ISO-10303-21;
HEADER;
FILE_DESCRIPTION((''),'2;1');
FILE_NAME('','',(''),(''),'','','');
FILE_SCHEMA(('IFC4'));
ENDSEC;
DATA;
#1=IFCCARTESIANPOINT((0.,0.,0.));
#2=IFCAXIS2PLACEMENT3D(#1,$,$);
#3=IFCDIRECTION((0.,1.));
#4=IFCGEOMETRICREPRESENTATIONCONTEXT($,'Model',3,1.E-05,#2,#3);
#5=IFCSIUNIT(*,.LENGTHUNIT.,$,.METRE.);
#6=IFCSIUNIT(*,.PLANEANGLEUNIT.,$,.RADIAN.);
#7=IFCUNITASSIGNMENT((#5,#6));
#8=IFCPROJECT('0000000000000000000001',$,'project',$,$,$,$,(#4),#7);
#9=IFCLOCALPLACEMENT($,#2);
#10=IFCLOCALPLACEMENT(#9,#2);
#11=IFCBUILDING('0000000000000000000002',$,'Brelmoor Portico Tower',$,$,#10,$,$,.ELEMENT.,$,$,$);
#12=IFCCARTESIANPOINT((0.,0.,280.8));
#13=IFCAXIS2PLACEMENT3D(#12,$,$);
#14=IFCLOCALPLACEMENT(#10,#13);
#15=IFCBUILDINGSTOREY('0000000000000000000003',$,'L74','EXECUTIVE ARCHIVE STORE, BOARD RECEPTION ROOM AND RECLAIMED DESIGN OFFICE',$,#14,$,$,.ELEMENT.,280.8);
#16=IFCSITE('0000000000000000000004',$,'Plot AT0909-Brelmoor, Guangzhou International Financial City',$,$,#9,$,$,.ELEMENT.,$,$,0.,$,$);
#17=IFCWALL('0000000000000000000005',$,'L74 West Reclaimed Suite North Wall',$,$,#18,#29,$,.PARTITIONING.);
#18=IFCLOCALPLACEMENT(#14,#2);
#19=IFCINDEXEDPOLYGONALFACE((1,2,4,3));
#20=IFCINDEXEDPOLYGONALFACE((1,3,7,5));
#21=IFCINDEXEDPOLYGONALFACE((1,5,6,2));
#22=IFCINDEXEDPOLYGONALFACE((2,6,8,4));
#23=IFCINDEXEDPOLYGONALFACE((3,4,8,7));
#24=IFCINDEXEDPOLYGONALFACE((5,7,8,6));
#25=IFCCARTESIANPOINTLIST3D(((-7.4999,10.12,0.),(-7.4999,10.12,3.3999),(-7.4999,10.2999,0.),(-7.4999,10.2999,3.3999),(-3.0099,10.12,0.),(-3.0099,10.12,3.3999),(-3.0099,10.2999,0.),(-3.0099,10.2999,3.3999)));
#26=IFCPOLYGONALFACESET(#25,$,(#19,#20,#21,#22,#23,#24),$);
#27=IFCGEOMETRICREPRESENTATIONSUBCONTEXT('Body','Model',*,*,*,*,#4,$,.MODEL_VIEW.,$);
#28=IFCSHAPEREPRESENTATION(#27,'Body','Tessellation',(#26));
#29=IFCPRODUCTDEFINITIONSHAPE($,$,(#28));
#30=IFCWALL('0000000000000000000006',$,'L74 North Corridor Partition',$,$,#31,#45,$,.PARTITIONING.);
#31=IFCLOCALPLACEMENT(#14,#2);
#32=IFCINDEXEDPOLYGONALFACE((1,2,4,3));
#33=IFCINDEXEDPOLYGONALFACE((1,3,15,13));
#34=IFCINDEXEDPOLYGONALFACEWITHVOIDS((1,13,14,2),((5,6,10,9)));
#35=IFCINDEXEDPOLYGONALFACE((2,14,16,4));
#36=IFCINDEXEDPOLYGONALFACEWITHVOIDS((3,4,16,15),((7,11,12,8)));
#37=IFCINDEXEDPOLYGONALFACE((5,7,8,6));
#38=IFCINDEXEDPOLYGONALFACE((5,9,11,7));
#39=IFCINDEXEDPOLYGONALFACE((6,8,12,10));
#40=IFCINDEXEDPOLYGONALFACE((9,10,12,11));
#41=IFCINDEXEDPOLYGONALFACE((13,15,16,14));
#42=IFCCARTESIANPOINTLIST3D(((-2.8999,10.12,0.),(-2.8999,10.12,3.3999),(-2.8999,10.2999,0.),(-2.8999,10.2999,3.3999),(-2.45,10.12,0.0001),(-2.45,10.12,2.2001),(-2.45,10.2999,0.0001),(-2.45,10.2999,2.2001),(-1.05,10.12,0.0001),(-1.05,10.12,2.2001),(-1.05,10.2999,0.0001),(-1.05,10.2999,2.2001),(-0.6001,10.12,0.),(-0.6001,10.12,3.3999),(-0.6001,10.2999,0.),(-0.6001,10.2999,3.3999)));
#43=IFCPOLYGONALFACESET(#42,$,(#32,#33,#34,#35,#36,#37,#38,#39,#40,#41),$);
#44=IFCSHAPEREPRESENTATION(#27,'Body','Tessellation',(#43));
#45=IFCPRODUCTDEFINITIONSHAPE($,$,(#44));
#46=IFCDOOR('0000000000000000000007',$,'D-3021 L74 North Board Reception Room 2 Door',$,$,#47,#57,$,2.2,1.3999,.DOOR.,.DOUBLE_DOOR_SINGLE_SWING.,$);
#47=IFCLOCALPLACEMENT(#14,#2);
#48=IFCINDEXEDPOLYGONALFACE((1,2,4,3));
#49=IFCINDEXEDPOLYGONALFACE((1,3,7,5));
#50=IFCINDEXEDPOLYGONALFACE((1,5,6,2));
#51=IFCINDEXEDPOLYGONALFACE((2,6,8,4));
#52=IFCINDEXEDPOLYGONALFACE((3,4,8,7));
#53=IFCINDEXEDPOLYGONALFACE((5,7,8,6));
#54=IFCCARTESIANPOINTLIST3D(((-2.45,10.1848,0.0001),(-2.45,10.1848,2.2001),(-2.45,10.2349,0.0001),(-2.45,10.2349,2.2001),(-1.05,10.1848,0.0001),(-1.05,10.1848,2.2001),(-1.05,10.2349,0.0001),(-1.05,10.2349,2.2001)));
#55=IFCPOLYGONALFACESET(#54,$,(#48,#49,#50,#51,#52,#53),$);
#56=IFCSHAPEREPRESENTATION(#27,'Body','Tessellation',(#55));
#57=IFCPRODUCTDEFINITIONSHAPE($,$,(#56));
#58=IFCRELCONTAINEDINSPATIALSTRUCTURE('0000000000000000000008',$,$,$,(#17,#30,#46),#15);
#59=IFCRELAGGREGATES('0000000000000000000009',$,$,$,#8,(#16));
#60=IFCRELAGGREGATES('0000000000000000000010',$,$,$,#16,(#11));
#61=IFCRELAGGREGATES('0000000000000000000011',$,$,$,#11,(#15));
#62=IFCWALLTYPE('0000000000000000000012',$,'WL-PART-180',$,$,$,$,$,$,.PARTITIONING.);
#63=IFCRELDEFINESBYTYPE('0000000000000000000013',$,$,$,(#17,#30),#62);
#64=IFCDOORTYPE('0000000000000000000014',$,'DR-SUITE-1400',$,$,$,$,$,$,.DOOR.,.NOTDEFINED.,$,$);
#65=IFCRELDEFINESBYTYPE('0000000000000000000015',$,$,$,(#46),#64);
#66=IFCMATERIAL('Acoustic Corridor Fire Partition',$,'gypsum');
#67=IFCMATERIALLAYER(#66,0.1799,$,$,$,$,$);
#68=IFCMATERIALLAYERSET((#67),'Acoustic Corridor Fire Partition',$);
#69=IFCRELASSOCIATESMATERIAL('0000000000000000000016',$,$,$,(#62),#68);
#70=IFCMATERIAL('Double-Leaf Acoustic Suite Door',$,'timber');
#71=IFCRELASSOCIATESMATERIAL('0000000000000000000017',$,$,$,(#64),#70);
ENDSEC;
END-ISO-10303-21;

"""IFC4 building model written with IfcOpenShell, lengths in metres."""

from ifc_helpers import new_model, si_unit, direction, frame, frame_2d, origin, place, context, subcontext, project, spatial, rectangle, extrude, material, layer, layer_set, type_object, element, fill, save


model = new_model("IFC4")

# Units and contexts
model_context = context("Model", 3, precision=1e-05, world=origin(), true_north=direction((0.0, 1.0)))
body_context = subcontext(model_context, "Body", "Model", "MODEL_VIEW")
ifc_project = project(units=[si_unit("LENGTHUNIT", "METRE"), si_unit("PLANEANGLEUNIT", "RADIAN")], contexts=[model_context])

# Site, building, storey
site_placement = place(None, origin())
site = spatial("IfcSite", under=ifc_project, at=site_placement, Name="Plot AT0909-Brelmoor, Guangzhou International Financial City", CompositionType="ELEMENT", RefElevation=0.0)
building_placement = place(site_placement, origin())
building = spatial("IfcBuilding", under=site, at=building_placement, Name="Brelmoor Portico Tower", CompositionType="ELEMENT")
storey_placement = place(building_placement, frame((0.0, 0.0, 280.8)))
storey = spatial("IfcBuildingStorey", under=building, at=storey_placement, Name="L74", Description="EXECUTIVE ARCHIVE STORE, BOARD RECEPTION ROOM AND RECLAIMED DESIGN OFFICE", CompositionType="ELEMENT", Elevation=280.8)

# Wall
ifc_material_1 = material(Name="Acoustic Corridor Fire Partition", Category="gypsum")
ifc_layer_1 = layer(ifc_material_1, 0.1799)
ifc_layer_set_1 = layer_set([ifc_layer_1], Name="Acoustic Corridor Fire Partition")
wall_type_1 = type_object("IfcWallType", Name="WL-PART-180", PredefinedType="PARTITIONING", material=ifc_layer_set_1)
wall_1_placement = place(storey_placement, frame((-7.5, 10.21, 0.0), z_axis=(0.0, 0.0, 1.0), x_axis=(1.0, 0.0, 0.0)))
element("IfcWall", 1, at=wall_1_placement, inside=storey, type_object=wall_type_1, Name="L74 West Reclaimed Suite North Wall", PredefinedType="PARTITIONING", context=body_context, shape_type="SweptSolid", body=[
    extrude(rectangle(XDim=4.49, YDim=0.1799, at=frame_2d((2.2451, 0.0))), origin(), (0.0, 0.0, 1.0), 3.3999),
])

# Wall, opening, door
wall_2_placement = place(storey_placement, frame((-2.8999, 10.21, 0.0), z_axis=(0.0, 0.0, 1.0), x_axis=(1.0, 0.0, 0.0)))
wall_2 = element("IfcWall", 2, at=wall_2_placement, inside=storey, type_object=wall_type_1, Name="L74 North Corridor Partition", PredefinedType="PARTITIONING", context=body_context, shape_type="SweptSolid", body=[
    extrude(rectangle(XDim=2.2998, YDim=0.1799, at=frame_2d((1.1499, 0.0))), origin(), (0.0, 0.0, 1.0), 3.3999),
])
opening_1_placement = place(wall_2_placement, frame((0.45, 0.0, 0.0)))
opening_1 = element("IfcOpeningElement", 3, at=opening_1_placement, cuts=wall_2, PredefinedType="OPENING", context=body_context, shape_type="SweptSolid", body=[
    extrude(rectangle(XDim=1.3999, YDim=2.2, at=frame_2d((0.7, 1.1001))), frame((0.0, 0.0999, 0.0), z_axis=(0.0, -1.0, 0.0), x_axis=(1.0, 0.0, 0.0)), (0.0, 0.0, 1.0), 0.2),
])
ifc_material_2 = material(Name="Double-Leaf Acoustic Suite Door", Category="timber")
door_type_1 = type_object("IfcDoorType", Name="DR-SUITE-1400", OperationType="NOTDEFINED", PredefinedType="DOOR", material=ifc_material_2)
door_1_placement = place(opening_1_placement, origin())
door_1 = element("IfcDoor", 4, at=door_1_placement, inside=storey, type_object=door_type_1, Name="D-3021 L74 North Board Reception Room 2 Door", OperationType="DOUBLE_DOOR_SINGLE_SWING", OverallHeight=2.2, OverallWidth=1.3999, PredefinedType="DOOR", context=body_context, shape_type="SweptSolid", body=[
    extrude(rectangle(XDim=1.3999, YDim=2.2, at=frame_2d((0.7, 1.1001))), frame((0.0, 0.0249, 0.0), z_axis=(0.0, -1.0, 0.0), x_axis=(1.0, 0.0, 0.0)), (0.0, 0.0, 1.0), 0.05),
])
fill(opening_1, door_1)

save(model, "model.ifc")
